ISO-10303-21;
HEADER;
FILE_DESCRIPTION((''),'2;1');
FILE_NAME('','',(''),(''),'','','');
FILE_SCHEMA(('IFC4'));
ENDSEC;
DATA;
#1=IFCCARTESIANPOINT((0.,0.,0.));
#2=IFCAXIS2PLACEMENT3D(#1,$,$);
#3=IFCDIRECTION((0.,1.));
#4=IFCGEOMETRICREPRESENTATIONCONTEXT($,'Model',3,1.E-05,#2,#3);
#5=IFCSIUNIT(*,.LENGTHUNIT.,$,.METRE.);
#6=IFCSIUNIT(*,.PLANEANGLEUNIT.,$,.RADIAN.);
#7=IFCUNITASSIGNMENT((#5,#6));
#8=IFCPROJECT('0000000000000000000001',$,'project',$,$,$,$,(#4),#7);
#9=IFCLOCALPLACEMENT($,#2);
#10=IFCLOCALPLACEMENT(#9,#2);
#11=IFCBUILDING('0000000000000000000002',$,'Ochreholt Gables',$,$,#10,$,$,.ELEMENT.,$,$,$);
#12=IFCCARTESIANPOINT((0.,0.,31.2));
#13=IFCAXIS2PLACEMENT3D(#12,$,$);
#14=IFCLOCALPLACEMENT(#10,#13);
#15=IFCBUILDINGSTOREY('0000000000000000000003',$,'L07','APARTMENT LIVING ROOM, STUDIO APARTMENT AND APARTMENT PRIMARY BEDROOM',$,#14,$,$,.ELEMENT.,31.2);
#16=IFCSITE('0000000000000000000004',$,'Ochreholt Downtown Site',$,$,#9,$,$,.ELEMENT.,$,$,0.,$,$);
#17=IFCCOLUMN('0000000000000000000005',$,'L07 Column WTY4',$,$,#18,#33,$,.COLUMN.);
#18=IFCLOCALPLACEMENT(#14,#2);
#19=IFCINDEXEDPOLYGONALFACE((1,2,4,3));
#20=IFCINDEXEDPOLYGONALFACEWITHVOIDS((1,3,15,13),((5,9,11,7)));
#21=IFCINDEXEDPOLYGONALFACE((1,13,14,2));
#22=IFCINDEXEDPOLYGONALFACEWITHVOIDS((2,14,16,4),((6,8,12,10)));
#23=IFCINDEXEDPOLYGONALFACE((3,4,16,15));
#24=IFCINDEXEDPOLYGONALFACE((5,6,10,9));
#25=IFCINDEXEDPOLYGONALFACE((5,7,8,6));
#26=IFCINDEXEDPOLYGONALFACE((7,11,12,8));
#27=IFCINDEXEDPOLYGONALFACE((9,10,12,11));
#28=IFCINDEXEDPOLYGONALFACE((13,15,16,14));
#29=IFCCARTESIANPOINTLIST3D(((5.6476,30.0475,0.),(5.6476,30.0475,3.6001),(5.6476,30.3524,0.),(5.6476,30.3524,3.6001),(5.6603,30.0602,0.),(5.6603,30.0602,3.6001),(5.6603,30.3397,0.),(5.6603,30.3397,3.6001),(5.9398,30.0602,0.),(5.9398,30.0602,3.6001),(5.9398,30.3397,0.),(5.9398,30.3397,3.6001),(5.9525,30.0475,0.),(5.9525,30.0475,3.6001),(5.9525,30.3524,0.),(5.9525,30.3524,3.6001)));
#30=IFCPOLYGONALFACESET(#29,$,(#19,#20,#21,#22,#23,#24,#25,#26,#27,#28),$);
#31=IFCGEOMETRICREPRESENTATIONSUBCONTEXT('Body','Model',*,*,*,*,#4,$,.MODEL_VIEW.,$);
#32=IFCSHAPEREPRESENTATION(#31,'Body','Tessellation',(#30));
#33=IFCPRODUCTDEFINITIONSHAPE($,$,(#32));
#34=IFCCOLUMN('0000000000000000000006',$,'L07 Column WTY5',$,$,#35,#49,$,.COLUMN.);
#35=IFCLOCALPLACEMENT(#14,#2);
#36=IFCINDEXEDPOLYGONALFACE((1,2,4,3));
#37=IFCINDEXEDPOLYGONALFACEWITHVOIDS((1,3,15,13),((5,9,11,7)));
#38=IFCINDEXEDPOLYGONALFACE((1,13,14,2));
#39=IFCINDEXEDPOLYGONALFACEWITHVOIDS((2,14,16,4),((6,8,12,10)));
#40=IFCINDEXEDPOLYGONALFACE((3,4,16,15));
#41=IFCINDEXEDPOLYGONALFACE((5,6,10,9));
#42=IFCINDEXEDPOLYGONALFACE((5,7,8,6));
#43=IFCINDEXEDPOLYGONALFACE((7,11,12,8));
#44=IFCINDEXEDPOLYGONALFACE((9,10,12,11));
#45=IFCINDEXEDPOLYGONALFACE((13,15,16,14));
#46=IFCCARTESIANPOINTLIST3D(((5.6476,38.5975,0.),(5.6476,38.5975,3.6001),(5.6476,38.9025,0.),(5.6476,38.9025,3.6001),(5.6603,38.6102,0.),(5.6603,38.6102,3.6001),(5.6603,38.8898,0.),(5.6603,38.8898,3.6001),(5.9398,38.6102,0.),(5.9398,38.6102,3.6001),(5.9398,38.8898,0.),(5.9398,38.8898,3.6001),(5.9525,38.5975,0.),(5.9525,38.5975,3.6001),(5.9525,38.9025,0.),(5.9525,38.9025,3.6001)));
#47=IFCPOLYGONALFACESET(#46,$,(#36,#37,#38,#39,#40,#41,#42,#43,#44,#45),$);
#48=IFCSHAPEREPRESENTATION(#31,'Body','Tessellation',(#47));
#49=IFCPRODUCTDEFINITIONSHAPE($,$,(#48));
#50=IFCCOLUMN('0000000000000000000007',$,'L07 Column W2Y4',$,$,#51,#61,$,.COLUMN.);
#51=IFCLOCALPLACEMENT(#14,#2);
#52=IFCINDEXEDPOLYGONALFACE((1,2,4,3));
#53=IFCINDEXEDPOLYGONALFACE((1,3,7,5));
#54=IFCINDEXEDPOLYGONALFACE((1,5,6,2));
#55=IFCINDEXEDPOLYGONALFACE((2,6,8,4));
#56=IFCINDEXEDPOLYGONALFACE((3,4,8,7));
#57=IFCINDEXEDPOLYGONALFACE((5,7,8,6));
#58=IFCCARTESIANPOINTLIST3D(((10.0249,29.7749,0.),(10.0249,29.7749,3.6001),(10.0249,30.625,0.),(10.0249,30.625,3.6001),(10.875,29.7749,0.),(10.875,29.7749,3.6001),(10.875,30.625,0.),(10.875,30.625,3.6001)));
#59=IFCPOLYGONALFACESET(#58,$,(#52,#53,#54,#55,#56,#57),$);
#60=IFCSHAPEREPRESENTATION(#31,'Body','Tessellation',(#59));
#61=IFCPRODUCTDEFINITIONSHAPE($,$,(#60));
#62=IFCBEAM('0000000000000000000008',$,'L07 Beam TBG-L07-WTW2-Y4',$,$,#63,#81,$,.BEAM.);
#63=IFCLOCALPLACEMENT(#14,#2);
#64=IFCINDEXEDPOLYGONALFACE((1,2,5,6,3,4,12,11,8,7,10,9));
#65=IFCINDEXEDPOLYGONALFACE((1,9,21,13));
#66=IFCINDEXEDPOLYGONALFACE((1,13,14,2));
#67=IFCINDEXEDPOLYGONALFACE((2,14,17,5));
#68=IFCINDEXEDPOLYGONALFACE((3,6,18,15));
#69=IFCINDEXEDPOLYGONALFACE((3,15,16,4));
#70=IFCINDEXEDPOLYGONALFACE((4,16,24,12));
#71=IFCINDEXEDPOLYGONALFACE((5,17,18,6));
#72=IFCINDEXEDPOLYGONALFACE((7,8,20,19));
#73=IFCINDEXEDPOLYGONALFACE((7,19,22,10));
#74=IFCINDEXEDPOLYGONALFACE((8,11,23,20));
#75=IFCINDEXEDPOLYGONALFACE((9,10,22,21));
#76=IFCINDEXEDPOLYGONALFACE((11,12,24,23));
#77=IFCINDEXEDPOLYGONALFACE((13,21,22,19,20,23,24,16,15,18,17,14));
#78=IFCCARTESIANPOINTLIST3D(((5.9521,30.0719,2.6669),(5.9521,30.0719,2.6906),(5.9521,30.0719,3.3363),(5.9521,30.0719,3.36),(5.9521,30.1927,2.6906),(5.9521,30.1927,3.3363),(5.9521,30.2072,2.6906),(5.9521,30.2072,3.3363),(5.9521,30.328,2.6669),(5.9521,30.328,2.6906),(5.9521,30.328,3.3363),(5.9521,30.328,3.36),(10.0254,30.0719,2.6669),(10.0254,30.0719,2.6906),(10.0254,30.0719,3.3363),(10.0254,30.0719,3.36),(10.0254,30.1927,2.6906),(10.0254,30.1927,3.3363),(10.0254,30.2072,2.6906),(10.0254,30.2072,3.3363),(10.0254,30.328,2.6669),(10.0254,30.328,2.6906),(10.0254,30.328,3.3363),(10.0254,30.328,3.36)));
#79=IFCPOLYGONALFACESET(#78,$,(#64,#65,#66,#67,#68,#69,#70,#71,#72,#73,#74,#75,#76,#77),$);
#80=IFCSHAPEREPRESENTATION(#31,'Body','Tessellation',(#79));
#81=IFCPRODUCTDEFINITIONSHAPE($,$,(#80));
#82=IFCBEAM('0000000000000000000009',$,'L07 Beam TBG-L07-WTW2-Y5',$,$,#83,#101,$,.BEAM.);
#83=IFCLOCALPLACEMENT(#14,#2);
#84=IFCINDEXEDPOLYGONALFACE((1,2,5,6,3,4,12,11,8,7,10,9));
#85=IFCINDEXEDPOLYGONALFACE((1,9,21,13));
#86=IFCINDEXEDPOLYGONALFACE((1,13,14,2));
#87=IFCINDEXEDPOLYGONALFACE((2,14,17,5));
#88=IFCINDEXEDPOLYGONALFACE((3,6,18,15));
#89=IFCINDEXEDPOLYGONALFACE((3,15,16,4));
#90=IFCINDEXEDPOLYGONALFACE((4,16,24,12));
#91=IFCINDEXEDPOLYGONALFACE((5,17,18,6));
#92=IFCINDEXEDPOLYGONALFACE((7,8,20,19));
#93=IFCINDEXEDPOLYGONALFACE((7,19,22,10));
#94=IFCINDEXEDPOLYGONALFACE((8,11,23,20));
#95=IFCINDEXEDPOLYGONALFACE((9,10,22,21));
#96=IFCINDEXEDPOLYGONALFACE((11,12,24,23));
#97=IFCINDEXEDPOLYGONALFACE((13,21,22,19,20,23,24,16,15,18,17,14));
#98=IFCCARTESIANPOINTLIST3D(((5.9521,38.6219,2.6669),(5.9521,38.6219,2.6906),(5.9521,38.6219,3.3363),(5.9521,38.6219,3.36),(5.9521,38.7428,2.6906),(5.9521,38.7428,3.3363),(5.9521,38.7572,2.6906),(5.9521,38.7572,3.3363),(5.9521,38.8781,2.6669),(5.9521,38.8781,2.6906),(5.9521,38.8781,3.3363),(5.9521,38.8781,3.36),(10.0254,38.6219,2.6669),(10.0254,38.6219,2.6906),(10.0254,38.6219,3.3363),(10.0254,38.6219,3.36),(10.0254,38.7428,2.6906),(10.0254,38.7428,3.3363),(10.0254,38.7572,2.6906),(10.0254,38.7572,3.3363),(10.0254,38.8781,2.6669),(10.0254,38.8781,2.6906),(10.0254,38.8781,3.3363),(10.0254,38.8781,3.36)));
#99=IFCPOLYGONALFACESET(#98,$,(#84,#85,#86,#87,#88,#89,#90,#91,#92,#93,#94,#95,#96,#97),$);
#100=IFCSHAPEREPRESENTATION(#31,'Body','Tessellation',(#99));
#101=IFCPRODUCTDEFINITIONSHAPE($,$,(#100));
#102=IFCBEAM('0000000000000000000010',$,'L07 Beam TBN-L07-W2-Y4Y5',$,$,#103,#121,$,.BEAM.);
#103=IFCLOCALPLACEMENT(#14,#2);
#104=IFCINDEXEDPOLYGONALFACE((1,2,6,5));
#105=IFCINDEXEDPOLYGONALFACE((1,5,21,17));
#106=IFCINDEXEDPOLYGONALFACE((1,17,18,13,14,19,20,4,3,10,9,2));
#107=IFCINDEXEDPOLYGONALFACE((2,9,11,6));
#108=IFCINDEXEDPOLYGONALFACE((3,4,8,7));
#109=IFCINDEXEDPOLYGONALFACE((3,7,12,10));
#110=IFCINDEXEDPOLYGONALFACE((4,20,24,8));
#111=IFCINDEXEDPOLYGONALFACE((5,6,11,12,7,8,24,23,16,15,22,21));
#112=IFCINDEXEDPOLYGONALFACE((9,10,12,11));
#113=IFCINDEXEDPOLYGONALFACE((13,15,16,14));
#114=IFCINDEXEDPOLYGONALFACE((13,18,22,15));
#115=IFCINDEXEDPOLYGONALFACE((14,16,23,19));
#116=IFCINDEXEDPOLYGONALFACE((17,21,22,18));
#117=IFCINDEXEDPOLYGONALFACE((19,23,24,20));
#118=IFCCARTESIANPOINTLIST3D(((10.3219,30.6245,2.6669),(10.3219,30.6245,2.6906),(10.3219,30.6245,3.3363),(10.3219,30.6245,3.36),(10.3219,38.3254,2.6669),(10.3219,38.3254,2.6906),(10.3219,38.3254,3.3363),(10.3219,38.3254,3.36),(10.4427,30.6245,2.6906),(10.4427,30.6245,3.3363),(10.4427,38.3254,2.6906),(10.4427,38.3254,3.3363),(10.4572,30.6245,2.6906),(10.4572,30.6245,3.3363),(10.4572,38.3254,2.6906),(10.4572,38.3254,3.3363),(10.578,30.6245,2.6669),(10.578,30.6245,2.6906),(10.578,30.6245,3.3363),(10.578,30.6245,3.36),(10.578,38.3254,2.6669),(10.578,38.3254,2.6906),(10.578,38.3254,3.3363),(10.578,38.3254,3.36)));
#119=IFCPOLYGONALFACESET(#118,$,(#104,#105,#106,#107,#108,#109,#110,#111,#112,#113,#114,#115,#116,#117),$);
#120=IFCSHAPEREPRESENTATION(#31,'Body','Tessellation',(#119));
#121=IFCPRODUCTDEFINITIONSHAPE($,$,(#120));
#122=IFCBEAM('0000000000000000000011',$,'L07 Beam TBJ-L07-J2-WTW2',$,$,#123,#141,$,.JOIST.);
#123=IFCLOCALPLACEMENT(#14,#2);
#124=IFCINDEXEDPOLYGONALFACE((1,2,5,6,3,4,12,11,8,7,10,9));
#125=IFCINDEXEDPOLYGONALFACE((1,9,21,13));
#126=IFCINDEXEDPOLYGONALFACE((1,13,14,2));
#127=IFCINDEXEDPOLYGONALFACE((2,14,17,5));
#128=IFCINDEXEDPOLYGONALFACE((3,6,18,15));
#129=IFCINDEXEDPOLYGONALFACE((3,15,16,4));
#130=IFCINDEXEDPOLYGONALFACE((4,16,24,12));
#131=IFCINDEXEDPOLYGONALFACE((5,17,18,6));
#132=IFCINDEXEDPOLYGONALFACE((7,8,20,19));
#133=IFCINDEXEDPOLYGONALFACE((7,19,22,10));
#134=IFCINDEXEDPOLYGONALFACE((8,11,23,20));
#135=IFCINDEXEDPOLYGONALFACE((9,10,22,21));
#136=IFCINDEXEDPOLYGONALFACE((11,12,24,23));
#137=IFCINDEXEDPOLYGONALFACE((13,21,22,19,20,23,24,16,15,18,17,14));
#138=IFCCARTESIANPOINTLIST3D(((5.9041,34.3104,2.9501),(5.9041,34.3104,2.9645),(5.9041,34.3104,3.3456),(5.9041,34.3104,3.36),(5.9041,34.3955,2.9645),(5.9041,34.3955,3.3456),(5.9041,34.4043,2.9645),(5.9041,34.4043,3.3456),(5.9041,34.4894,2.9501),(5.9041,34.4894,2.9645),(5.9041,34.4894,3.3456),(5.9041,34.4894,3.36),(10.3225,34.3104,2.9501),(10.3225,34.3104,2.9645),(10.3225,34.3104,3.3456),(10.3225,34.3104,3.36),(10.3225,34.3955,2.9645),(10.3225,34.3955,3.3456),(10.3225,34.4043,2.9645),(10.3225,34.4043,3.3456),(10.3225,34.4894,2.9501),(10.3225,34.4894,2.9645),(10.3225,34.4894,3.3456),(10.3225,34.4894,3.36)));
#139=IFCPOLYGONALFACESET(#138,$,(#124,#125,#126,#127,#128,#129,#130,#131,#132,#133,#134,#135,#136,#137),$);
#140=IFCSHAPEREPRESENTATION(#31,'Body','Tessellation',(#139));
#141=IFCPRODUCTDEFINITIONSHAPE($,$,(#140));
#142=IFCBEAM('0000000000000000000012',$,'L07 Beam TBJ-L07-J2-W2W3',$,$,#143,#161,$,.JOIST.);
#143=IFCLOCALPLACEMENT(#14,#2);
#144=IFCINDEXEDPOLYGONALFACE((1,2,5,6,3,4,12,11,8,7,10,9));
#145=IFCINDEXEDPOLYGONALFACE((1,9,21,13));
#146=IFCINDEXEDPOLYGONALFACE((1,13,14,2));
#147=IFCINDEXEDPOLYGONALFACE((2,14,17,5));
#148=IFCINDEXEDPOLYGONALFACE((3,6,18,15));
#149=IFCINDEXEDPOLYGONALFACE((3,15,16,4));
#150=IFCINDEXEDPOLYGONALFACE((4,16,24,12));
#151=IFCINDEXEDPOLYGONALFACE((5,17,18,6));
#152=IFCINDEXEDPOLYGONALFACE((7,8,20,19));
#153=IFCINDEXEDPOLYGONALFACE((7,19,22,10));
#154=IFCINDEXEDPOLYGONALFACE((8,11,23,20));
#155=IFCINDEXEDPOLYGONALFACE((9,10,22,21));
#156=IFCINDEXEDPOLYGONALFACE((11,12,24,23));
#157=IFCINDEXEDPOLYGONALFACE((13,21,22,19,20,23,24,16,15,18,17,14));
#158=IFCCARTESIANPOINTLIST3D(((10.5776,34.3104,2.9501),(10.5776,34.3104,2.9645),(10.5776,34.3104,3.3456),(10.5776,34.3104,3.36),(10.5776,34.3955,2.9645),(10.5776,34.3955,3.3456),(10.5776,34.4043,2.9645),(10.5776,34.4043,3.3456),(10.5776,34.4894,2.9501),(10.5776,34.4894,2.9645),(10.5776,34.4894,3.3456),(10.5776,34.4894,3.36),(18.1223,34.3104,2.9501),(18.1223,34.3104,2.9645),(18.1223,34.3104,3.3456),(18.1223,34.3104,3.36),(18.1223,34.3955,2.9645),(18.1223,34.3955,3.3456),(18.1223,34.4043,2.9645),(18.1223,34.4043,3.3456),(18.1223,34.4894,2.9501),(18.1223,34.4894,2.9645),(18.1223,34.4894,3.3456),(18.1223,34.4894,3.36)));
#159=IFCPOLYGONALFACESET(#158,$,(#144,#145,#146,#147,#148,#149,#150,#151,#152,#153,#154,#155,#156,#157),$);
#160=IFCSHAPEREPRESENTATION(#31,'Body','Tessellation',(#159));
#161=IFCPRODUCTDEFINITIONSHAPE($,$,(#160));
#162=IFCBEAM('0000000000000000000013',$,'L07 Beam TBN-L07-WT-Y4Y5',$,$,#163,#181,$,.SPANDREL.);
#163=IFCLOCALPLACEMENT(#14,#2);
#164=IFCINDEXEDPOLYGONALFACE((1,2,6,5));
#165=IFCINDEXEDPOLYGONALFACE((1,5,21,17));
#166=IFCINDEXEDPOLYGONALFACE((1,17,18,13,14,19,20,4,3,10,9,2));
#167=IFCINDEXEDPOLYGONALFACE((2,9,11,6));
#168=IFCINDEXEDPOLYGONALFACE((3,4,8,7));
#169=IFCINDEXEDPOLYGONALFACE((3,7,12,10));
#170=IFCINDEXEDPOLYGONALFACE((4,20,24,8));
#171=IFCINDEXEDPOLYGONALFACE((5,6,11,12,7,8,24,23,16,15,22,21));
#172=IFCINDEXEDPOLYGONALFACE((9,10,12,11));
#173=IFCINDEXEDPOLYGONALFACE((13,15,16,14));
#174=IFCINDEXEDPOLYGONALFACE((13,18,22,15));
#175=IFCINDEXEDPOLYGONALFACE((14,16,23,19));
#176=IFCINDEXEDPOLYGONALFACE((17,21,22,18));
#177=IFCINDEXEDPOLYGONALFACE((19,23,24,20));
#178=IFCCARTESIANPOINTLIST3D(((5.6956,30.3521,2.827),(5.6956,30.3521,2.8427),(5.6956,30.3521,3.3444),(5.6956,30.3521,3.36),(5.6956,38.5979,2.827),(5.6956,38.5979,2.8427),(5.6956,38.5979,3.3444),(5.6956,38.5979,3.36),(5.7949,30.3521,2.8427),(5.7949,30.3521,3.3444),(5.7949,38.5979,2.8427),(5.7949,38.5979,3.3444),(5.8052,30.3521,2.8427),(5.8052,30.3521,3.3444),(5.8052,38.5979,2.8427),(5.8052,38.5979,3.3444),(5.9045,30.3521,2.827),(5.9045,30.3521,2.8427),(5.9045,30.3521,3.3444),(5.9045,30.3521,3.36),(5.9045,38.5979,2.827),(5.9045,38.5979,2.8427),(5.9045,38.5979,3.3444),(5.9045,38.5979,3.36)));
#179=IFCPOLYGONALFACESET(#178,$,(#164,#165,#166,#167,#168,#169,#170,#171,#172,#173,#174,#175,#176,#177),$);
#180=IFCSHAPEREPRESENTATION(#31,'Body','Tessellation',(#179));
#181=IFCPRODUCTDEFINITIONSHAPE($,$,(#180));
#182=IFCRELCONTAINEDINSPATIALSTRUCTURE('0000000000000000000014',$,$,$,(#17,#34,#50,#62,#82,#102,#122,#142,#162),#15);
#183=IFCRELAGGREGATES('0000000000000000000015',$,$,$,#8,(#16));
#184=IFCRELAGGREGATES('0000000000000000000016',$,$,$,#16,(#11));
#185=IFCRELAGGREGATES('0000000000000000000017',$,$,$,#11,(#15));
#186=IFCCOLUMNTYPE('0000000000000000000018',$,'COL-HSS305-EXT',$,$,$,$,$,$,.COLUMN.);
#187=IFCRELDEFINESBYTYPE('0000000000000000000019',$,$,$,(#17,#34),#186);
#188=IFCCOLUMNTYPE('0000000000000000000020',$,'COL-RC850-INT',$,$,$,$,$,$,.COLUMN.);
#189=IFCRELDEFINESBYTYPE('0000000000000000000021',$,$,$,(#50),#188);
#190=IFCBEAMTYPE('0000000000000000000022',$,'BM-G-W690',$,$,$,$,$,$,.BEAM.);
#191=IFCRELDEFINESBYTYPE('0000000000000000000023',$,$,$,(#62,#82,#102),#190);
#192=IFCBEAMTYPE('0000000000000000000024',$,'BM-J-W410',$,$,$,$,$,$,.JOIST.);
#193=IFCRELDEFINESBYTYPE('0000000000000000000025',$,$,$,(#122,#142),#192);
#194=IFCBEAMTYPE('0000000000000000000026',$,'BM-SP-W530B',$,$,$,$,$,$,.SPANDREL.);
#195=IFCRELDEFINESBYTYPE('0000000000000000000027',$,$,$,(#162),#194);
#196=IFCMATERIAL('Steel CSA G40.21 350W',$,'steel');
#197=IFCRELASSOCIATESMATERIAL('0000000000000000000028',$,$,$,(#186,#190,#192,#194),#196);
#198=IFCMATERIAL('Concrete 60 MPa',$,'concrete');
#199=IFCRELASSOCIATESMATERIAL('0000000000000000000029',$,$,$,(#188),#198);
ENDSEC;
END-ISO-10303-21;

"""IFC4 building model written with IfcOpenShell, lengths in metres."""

from ifc_helpers import new_model, si_unit, direction, frame, origin, origin_2d, place, context, subcontext, project, spatial, rectangle, hollow_rectangle, i_section, extrude, material, material_profile, profile_set, type_object, element, save


model = new_model("IFC4")

# Units and contexts
model_context = context("Model", 3, precision=1e-05, world=origin(), true_north=direction((0.0, 1.0)))
body_context = subcontext(model_context, "Body", "Model", "MODEL_VIEW")
ifc_project = project(units=[si_unit("LENGTHUNIT", "METRE"), si_unit("PLANEANGLEUNIT", "RADIAN")], contexts=[model_context])

# Site, building, storey
site_placement = place(None, origin())
site = spatial("IfcSite", under=ifc_project, at=site_placement, Name="Ochreholt Downtown Site", CompositionType="ELEMENT", RefElevation=0.0)
building_placement = place(site_placement, origin())
building = spatial("IfcBuilding", under=site, at=building_placement, Name="Ochreholt Gables", CompositionType="ELEMENT")
storey_placement = place(building_placement, frame((0.0, 0.0, 31.2)))
storey = spatial("IfcBuildingStorey", under=building, at=storey_placement, Name="L07", Description="APARTMENT LIVING ROOM, STUDIO APARTMENT AND APARTMENT PRIMARY BEDROOM", CompositionType="ELEMENT", Elevation=31.2)

# Columns
ifc_material_1 = material(Name="Steel CSA G40.21 350W", Category="steel")
ifc_material_profile_1 = material_profile(ifc_material_1, hollow_rectangle(XDim=0.3049, YDim=0.3049, WallThickness=0.0127, at=origin_2d()), Name="HSS305X305X13")
ifc_profile_set_1 = profile_set([ifc_material_profile_1], Name="Steel CSA G40.21 350W")
column_type_1 = type_object("IfcColumnType", Name="COL-HSS305-EXT", PredefinedType="COLUMN", material=ifc_profile_set_1)
for number, where, z_axis, x_axis, name in (
    (1, (5.8, 30.2, 0.0), (0.0, 0.0, 1.0), (1.0, 0.0, 0.0), "L07 Column WTY4"),
    (2, (5.8, 38.75, 0.0), (0.0, 0.0, 1.0), (1.0, 0.0, 0.0), "L07 Column WTY5"),
):
    element("IfcColumn", number, at=place(storey_placement, frame(where, z_axis=z_axis, x_axis=x_axis)), inside=storey, type_object=column_type_1, Name=name, PredefinedType="COLUMN", context=body_context, shape_type="SweptSolid", body=[
        extrude(hollow_rectangle(XDim=0.3049, YDim=0.3049, WallThickness=0.0127, at=origin_2d()), origin(), (0.0, 0.0, 1.0), 3.6001),
    ])
ifc_material_2 = material(Name="Concrete 60 MPa", Category="concrete")
ifc_material_profile_2 = material_profile(ifc_material_2, rectangle(XDim=0.8501, YDim=0.8501, at=origin_2d()), Name="RC850X850")
ifc_profile_set_2 = profile_set([ifc_material_profile_2], Name="Concrete 60 MPa")
column_type_2 = type_object("IfcColumnType", Name="COL-RC850-INT", PredefinedType="COLUMN", material=ifc_profile_set_2)
column_placement = place(storey_placement, frame((10.45, 30.2, 0.0), z_axis=(0.0, 0.0, 1.0), x_axis=(1.0, 0.0, 0.0)))
element("IfcColumn", 3, at=column_placement, inside=storey, type_object=column_type_2, Name="L07 Column W2Y4", PredefinedType="COLUMN", context=body_context, shape_type="SweptSolid", body=[
    extrude(rectangle(XDim=0.8501, YDim=0.8501, at=origin_2d()), origin(), (0.0, 0.0, 1.0), 3.6001),
])

# Beams
ifc_material_profile_3 = material_profile(ifc_material_1, i_section(OverallWidth=0.2561, OverallDepth=0.6931, WebThickness=0.0144, FlangeThickness=0.0237, at=origin_2d()), Name="W690X170")
ifc_profile_set_3 = profile_set([ifc_material_profile_3], Name="Steel CSA G40.21 350W")
beam_type_1 = type_object("IfcBeamType", Name="BM-G-W690", PredefinedType="BEAM", material=ifc_profile_set_3)
for number, where, z_axis, x_axis, name in (
    (4, (5.9521, 30.2, 3.0134), (1.0, 0.0, 0.0), (0.0, 1.0, 0.0), "L07 Beam TBG-L07-WTW2-Y4"),
    (5, (5.9521, 38.75, 3.0134), (1.0, 0.0, 0.0), (0.0, 1.0, 0.0), "L07 Beam TBG-L07-WTW2-Y5"),
):
    element("IfcBeam", number, at=place(storey_placement, frame(where, z_axis=z_axis, x_axis=x_axis)), inside=storey, type_object=beam_type_1, Name=name, PredefinedType="BEAM", context=body_context, shape_type="SweptSolid", body=[
        extrude(i_section(OverallWidth=0.2561, OverallDepth=0.6931, WebThickness=0.0144, FlangeThickness=0.0237, at=origin_2d()), origin(), (0.0, 0.0, 1.0), 4.0732),
    ])
beam_1_placement = place(storey_placement, frame((10.45, 30.6245, 3.0134), z_axis=(0.0, 1.0, 0.0), x_axis=(-1.0, 0.0, 0.0)))
element("IfcBeam", 6, at=beam_1_placement, inside=storey, type_object=beam_type_1, Name="L07 Beam TBN-L07-W2-Y4Y5", PredefinedType="BEAM", context=body_context, shape_type="SweptSolid", body=[
    extrude(i_section(OverallWidth=0.2561, OverallDepth=0.6931, WebThickness=0.0144, FlangeThickness=0.0237, at=origin_2d()), origin(), (0.0, 0.0, 1.0), 7.7009),
])
ifc_material_profile_4 = material_profile(ifc_material_1, i_section(OverallWidth=0.179, OverallDepth=0.4099, WebThickness=0.0088, FlangeThickness=0.0144, at=origin_2d()), Name="W410X67")
ifc_profile_set_4 = profile_set([ifc_material_profile_4], Name="Steel CSA G40.21 350W")
beam_type_2 = type_object("IfcBeamType", Name="BM-J-W410", PredefinedType="JOIST", material=ifc_profile_set_4)
beam_2_placement = place(storey_placement, frame((5.9041, 34.3999, 3.155), z_axis=(1.0, 0.0, 0.0), x_axis=(0.0, 1.0, 0.0)))
element("IfcBeam", 7, at=beam_2_placement, inside=storey, type_object=beam_type_2, Name="L07 Beam TBJ-L07-J2-WTW2", PredefinedType="JOIST", context=body_context, shape_type="SweptSolid", body=[
    extrude(i_section(OverallWidth=0.179, OverallDepth=0.4099, WebThickness=0.0088, FlangeThickness=0.0144, at=origin_2d()), origin(), (0.0, 0.0, 1.0), 4.4185),
])
beam_3_placement = place(storey_placement, frame((10.5776, 34.3999, 3.155), z_axis=(1.0, 0.0, 0.0), x_axis=(0.0, 1.0, 0.0)))
element("IfcBeam", 8, at=beam_3_placement, inside=storey, type_object=beam_type_2, Name="L07 Beam TBJ-L07-J2-W2W3", PredefinedType="JOIST", context=body_context, shape_type="SweptSolid", body=[
    extrude(i_section(OverallWidth=0.179, OverallDepth=0.4099, WebThickness=0.0088, FlangeThickness=0.0144, at=origin_2d()), origin(), (0.0, 0.0, 1.0), 7.5447),
])
ifc_material_profile_5 = material_profile(ifc_material_1, i_section(OverallWidth=0.209, OverallDepth=0.533, WebThickness=0.0103, FlangeThickness=0.0156, at=origin_2d()), Name="W530X92")
ifc_profile_set_5 = profile_set([ifc_material_profile_5], Name="Steel CSA G40.21 350W")
beam_type_3 = type_object("IfcBeamType", Name="BM-SP-W530B", PredefinedType="SPANDREL", material=ifc_profile_set_5)
beam_4_placement = place(storey_placement, frame((5.8, 30.3521, 3.0935), z_axis=(0.0, 1.0, 0.0), x_axis=(-1.0, 0.0, 0.0)))
element("IfcBeam", 9, at=beam_4_placement, inside=storey, type_object=beam_type_3, Name="L07 Beam TBN-L07-WT-Y4Y5", PredefinedType="SPANDREL", context=body_context, shape_type="SweptSolid", body=[
    extrude(i_section(OverallWidth=0.209, OverallDepth=0.533, WebThickness=0.0103, FlangeThickness=0.0156, at=origin_2d()), origin(), (0.0, 0.0, 1.0), 8.2458),
])

save(model, "model.ifc")
